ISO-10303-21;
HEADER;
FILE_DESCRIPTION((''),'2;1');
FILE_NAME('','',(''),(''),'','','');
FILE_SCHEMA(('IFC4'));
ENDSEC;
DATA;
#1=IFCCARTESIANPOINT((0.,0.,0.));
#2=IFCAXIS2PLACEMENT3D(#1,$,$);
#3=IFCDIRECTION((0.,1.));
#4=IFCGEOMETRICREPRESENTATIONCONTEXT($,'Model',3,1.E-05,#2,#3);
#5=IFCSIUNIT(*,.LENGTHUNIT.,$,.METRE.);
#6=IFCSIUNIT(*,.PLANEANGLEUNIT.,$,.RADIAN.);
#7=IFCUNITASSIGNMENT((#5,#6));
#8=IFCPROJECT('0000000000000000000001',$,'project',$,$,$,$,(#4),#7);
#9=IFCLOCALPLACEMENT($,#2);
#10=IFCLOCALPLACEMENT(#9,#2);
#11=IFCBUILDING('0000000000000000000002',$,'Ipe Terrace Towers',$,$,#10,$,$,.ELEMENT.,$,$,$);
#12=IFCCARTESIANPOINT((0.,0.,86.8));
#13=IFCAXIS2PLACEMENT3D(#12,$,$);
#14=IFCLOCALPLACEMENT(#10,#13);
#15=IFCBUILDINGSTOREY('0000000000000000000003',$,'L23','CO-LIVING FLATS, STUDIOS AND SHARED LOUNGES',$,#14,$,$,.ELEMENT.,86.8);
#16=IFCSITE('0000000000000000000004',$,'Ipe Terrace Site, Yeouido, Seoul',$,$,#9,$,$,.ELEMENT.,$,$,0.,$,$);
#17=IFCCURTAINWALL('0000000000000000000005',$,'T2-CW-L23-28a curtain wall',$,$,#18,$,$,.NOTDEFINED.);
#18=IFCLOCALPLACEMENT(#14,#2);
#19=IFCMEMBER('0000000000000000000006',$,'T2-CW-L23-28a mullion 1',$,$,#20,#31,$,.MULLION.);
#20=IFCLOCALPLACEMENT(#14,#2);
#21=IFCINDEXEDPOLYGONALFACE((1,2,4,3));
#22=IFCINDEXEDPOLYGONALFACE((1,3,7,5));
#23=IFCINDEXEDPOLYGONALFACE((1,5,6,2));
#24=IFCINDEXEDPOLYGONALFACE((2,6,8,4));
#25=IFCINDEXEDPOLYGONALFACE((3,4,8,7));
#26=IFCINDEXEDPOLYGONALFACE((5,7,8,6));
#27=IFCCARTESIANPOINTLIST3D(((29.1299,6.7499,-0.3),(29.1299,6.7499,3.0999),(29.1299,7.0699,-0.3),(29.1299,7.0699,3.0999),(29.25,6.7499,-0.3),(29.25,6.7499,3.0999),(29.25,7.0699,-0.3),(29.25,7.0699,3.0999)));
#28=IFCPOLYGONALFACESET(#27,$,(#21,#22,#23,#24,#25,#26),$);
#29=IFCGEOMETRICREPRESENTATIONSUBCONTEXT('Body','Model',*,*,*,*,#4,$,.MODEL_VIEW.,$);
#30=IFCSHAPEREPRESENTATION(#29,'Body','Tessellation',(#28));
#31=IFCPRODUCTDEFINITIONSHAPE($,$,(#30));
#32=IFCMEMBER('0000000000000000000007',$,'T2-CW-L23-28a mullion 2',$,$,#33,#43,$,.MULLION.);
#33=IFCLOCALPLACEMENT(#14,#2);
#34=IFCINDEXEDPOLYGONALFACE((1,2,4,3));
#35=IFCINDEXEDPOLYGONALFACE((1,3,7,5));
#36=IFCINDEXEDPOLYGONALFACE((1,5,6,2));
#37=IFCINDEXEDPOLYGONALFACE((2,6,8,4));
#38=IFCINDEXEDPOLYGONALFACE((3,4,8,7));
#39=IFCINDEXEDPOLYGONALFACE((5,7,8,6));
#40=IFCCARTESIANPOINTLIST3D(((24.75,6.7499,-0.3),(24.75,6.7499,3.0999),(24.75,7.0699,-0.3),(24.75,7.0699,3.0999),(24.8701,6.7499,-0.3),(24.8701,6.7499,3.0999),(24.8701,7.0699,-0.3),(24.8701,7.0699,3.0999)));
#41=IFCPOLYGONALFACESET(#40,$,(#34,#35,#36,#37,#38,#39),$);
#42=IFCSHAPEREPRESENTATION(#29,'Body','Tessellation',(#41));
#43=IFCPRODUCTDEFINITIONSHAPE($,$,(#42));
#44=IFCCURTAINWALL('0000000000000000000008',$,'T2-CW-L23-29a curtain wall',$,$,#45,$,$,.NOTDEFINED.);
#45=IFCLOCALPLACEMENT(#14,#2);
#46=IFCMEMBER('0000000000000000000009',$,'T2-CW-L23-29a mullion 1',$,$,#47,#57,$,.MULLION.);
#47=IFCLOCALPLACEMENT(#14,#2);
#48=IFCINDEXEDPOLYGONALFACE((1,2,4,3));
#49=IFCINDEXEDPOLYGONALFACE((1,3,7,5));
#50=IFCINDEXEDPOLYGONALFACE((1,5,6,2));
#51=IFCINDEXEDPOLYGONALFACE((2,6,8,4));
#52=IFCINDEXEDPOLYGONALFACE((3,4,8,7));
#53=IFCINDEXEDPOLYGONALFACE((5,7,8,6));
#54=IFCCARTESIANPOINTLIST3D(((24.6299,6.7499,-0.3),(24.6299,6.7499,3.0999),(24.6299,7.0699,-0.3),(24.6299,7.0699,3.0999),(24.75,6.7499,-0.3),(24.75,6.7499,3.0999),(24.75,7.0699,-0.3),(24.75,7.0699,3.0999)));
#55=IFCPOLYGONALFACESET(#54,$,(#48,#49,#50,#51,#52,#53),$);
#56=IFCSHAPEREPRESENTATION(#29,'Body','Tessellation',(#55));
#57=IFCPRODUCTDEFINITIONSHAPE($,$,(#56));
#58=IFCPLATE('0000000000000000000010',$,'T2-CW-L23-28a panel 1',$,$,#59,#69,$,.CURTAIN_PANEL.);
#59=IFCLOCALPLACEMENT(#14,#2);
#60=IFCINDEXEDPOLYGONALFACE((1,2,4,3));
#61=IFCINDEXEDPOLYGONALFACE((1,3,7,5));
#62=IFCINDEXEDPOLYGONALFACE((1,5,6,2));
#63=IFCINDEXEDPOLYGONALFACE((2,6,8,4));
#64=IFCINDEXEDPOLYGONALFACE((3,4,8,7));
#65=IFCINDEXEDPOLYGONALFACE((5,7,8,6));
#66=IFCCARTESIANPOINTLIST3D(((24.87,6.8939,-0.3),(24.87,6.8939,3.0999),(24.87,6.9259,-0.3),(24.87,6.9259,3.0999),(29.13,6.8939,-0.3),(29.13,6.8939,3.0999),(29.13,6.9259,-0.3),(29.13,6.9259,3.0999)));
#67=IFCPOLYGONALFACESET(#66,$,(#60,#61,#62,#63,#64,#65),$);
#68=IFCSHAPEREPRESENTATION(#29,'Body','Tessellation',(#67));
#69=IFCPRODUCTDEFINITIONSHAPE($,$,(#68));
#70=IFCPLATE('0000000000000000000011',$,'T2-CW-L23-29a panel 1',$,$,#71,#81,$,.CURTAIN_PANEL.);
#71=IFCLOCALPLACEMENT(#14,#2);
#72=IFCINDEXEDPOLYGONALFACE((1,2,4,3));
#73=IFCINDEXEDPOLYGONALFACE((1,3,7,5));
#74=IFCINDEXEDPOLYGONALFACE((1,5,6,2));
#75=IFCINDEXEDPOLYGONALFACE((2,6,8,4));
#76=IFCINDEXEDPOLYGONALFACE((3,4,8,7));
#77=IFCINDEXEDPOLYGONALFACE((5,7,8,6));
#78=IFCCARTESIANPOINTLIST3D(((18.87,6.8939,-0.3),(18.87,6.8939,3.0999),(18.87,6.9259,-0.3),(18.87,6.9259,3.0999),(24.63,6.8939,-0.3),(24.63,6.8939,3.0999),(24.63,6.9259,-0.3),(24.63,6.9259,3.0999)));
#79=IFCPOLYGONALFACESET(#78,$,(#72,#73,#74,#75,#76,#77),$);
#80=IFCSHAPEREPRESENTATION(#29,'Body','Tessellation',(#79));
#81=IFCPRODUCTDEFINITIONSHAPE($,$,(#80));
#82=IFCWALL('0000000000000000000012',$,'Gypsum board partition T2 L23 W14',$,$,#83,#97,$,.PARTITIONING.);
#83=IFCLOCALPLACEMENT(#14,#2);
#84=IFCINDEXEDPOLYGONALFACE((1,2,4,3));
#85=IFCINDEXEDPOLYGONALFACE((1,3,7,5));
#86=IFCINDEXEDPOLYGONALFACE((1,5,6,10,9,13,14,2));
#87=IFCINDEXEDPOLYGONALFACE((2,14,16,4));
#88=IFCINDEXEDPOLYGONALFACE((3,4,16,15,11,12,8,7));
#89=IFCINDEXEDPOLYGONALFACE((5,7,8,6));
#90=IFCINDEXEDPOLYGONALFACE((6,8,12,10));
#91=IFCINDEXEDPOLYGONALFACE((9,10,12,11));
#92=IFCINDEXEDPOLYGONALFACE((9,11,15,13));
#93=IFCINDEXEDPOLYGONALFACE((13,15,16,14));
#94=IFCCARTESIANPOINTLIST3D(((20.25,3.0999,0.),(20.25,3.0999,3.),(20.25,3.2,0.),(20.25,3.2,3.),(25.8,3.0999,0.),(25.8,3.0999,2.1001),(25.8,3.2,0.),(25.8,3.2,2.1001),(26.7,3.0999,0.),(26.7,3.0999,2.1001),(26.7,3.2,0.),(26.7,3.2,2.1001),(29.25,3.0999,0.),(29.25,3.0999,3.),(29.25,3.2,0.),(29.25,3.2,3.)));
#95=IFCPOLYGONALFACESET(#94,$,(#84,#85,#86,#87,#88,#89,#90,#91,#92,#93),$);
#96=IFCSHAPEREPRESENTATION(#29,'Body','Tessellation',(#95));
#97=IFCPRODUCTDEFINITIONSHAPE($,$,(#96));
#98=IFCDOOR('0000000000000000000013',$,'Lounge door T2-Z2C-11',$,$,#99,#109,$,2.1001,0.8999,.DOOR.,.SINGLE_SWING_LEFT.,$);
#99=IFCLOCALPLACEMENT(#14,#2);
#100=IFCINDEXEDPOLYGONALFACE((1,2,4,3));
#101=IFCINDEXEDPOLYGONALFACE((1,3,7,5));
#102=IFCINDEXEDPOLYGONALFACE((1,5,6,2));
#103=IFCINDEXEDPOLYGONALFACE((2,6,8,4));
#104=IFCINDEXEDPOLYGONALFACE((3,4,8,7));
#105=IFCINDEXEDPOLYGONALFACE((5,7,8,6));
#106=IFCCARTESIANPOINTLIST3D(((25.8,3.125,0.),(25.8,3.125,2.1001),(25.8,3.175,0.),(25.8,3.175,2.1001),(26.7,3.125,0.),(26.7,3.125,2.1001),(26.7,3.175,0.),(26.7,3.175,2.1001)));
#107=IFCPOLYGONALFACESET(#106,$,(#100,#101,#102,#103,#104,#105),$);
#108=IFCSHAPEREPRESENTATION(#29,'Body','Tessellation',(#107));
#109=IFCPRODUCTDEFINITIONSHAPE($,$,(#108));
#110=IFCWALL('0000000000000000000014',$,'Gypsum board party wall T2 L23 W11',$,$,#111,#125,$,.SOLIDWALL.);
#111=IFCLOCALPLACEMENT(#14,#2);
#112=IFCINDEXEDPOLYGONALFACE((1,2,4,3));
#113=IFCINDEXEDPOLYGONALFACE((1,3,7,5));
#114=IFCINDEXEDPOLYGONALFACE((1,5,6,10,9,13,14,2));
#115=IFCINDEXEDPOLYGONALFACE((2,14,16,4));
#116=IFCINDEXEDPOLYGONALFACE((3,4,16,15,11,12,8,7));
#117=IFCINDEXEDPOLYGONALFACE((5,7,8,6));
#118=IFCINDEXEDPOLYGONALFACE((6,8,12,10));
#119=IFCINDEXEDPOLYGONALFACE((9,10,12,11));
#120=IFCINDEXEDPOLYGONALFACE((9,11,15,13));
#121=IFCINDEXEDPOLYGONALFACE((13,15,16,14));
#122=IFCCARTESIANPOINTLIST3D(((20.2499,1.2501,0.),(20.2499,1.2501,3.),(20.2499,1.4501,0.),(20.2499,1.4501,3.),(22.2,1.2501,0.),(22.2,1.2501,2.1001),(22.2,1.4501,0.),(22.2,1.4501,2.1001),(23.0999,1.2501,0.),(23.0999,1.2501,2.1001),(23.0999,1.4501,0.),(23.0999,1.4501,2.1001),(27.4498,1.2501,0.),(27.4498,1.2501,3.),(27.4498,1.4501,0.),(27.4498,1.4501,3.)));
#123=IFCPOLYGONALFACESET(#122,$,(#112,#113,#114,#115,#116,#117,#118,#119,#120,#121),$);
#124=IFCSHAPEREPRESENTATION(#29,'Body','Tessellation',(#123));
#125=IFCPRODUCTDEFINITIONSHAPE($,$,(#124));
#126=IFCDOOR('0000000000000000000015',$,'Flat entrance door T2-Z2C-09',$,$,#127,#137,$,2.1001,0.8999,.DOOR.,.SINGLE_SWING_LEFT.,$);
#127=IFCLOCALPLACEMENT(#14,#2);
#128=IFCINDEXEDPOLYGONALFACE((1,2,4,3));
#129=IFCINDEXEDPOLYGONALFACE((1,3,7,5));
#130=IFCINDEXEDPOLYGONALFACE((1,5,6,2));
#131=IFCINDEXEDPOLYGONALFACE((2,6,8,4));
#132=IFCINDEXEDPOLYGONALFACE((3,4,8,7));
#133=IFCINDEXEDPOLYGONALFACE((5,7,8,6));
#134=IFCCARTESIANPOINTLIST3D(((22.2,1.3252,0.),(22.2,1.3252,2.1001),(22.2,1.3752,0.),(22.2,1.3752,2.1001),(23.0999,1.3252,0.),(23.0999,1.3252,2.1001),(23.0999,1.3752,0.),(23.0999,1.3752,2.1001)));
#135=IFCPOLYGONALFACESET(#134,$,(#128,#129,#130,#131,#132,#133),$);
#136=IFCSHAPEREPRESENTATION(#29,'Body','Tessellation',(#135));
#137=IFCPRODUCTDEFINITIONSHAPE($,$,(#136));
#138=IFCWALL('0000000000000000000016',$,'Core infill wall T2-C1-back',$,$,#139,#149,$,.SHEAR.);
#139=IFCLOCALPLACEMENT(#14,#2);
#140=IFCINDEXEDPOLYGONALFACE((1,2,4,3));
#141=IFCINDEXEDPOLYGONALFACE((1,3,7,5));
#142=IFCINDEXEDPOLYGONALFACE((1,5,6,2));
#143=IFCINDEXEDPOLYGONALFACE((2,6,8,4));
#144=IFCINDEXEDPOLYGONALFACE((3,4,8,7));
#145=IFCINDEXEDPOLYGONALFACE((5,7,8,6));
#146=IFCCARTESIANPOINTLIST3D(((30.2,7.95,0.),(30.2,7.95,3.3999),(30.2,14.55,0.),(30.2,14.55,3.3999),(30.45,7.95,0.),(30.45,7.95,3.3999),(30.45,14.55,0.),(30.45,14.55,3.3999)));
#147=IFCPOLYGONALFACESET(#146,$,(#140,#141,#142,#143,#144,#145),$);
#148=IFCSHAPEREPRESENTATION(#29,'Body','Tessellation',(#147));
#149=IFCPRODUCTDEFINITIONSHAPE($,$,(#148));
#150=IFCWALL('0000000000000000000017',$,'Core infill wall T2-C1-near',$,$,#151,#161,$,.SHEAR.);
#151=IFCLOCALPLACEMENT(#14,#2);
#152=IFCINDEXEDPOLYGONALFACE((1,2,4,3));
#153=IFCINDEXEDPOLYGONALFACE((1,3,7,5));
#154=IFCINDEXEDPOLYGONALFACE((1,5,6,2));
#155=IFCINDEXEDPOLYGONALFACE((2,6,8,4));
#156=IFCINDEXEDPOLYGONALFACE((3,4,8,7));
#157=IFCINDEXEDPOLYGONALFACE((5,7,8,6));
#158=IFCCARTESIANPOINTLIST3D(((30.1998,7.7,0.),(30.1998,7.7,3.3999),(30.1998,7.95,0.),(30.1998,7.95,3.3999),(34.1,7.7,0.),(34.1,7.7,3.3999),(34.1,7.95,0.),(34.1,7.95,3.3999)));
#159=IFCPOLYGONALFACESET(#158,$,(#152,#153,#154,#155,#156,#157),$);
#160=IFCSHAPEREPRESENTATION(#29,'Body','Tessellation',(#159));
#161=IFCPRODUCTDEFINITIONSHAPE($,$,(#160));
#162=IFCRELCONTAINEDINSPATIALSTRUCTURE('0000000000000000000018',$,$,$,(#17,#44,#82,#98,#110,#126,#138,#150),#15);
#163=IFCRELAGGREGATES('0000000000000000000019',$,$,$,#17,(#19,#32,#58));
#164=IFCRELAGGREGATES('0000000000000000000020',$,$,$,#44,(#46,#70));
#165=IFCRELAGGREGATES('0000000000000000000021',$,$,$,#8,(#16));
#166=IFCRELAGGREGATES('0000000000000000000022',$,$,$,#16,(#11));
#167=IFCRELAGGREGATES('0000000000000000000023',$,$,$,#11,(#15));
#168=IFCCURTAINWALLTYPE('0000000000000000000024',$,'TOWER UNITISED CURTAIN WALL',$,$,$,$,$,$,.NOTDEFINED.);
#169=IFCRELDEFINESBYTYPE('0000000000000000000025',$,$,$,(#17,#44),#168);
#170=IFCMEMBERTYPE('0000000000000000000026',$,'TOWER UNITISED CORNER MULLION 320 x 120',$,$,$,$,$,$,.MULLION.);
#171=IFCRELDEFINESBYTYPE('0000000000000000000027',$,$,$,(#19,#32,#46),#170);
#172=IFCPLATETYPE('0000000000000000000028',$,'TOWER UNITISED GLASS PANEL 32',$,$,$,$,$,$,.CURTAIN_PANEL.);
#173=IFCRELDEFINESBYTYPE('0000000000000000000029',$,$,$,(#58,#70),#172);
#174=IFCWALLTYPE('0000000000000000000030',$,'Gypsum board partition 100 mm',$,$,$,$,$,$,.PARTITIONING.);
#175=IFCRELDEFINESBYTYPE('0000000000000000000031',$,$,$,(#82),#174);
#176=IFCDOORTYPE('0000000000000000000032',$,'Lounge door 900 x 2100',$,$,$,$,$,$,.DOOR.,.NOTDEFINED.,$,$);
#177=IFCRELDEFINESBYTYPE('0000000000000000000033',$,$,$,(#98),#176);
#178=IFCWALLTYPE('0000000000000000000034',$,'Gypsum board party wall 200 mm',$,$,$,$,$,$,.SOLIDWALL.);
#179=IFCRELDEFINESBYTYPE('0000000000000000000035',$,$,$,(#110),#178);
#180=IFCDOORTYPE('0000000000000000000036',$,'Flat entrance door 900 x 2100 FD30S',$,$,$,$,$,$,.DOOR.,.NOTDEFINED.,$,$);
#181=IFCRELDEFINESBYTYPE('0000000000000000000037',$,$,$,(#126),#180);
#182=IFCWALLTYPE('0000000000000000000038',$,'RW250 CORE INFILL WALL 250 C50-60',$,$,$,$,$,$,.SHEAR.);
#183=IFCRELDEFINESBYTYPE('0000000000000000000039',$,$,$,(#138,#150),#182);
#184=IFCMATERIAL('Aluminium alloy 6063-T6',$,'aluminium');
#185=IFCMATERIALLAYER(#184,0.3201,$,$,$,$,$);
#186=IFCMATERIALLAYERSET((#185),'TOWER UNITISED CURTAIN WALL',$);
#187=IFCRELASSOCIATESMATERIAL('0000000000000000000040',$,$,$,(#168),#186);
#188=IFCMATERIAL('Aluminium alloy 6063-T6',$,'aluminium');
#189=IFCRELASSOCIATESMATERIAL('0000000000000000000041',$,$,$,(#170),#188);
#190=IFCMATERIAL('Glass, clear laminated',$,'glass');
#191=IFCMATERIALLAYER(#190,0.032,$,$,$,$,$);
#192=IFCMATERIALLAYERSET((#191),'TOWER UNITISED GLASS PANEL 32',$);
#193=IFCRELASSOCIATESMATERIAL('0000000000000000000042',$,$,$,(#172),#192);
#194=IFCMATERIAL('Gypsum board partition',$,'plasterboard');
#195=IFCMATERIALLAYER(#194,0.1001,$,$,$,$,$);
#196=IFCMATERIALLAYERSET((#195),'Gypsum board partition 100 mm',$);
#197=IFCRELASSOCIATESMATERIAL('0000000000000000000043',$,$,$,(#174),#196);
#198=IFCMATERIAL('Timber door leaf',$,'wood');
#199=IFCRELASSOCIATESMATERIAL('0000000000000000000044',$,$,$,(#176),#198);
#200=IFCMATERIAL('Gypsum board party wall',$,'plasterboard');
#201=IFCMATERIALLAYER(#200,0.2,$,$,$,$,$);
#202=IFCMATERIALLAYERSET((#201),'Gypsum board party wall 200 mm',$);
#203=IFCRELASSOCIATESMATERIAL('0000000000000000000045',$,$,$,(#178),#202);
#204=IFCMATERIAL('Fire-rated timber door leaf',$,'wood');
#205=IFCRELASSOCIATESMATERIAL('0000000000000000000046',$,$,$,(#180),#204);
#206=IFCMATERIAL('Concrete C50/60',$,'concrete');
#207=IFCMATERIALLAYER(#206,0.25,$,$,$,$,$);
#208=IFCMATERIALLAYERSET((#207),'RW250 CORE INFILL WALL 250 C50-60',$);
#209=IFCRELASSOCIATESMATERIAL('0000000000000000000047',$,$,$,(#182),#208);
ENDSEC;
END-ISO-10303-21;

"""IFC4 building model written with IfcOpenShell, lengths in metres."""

from ifc_helpers import new_model, si_unit, direction, frame, frame_2d, origin, origin_2d, place, context, subcontext, project, spatial, rectangle, extrude, material, layer, layer_set, material_profile, profile_set, type_object, element, fill, aggregate, save


model = new_model("IFC4")

# Units and contexts
model_context = context("Model", 3, precision=1e-05, world=origin(), true_north=direction((0.0, 1.0)))
body_context = subcontext(model_context, "Body", "Model", "MODEL_VIEW")
ifc_project = project(units=[si_unit("LENGTHUNIT", "METRE"), si_unit("PLANEANGLEUNIT", "RADIAN")], contexts=[model_context])

# Site, building, storey
site_placement = place(None, origin())
site = spatial("IfcSite", under=ifc_project, at=site_placement, Name="Ipe Terrace Site, Yeouido, Seoul", CompositionType="ELEMENT", RefElevation=0.0)
building_placement = place(site_placement, origin())
building = spatial("IfcBuilding", under=site, at=building_placement, Name="Ipe Terrace Towers", CompositionType="ELEMENT")
storey_placement = place(building_placement, frame((0.0, 0.0, 86.8)))
storey = spatial("IfcBuildingStorey", under=building, at=storey_placement, Name="L23", Description="CO-LIVING FLATS, STUDIOS AND SHARED LOUNGES", CompositionType="ELEMENT", Elevation=86.8)

# Curtain wall, members
ifc_material_1 = material(Name="Aluminium alloy 6063-T6", Category="aluminium")
ifc_layer_1 = layer(ifc_material_1, 0.3201)
ifc_layer_set_1 = layer_set([ifc_layer_1], Name="TOWER UNITISED CURTAIN WALL")
curtain_wall_type = type_object("IfcCurtainWallType", Name="TOWER UNITISED CURTAIN WALL", PredefinedType="NOTDEFINED", material=ifc_layer_set_1)
curtain_wall_1_placement = place(storey_placement, origin())
curtain_wall_1 = element("IfcCurtainWall", 1, at=curtain_wall_1_placement, inside=storey, type_object=curtain_wall_type, Name="T2-CW-L23-28a curtain wall", PredefinedType="NOTDEFINED")
ifc_material_2 = material(Name="Aluminium alloy 6063-T6", Category="aluminium")
ifc_material_profile_1 = material_profile(ifc_material_2, rectangle(XDim=0.3201, YDim=0.1201, at=origin_2d()), Name="TOWER UNITISED CORNER MULLION 320 x 120")
ifc_profile_set_1 = profile_set([ifc_material_profile_1], Name="Aluminium alloy 6063-T6")
member_type = type_object("IfcMemberType", Name="TOWER UNITISED CORNER MULLION 320 x 120", PredefinedType="MULLION", material=ifc_profile_set_1)
member_1_placement = place(storey_placement, frame((29.1899, 6.9099, -0.3), z_axis=(0.0, 0.0, 1.0), x_axis=(0.0, 1.0, 0.0)))
member_1 = element("IfcMember", 2, at=member_1_placement, type_object=member_type, Name="T2-CW-L23-28a mullion 1", PredefinedType="MULLION", context=body_context, shape_type="SweptSolid", body=[
    extrude(rectangle(XDim=0.3201, YDim=0.1201, at=origin_2d()), origin(), (0.0, 0.0, 1.0), 3.3999),
])
member_2_placement = place(storey_placement, frame((24.8101, 6.9099, -0.3), z_axis=(0.0, 0.0, 1.0), x_axis=(0.0, 1.0, 0.0)))
member_2 = element("IfcMember", 3, at=member_2_placement, type_object=member_type, Name="T2-CW-L23-28a mullion 2", PredefinedType="MULLION", context=body_context, shape_type="SweptSolid", body=[
    extrude(rectangle(XDim=0.3201, YDim=0.1201, at=origin_2d()), origin(), (0.0, 0.0, 1.0), 3.3999),
])

# Curtain wall, member
curtain_wall_2_placement = place(storey_placement, origin())
curtain_wall_2 = element("IfcCurtainWall", 4, at=curtain_wall_2_placement, inside=storey, type_object=curtain_wall_type, Name="T2-CW-L23-29a curtain wall", PredefinedType="NOTDEFINED")
member_3_placement = place(storey_placement, frame((24.6899, 6.9099, -0.3), z_axis=(0.0, 0.0, 1.0), x_axis=(0.0, 1.0, 0.0)))
member_3 = element("IfcMember", 5, at=member_3_placement, type_object=member_type, Name="T2-CW-L23-29a mullion 1", PredefinedType="MULLION", context=body_context, shape_type="SweptSolid", body=[
    extrude(rectangle(XDim=0.3201, YDim=0.1201, at=origin_2d()), origin(), (0.0, 0.0, 1.0), 3.3999),
])

# Plates
ifc_material_3 = material(Name="Glass, clear laminated", Category="glass")
ifc_layer_2 = layer(ifc_material_3, 0.032)
ifc_layer_set_2 = layer_set([ifc_layer_2], Name="TOWER UNITISED GLASS PANEL 32")
plate_type = type_object("IfcPlateType", Name="TOWER UNITISED GLASS PANEL 32", PredefinedType="CURTAIN_PANEL", material=ifc_layer_set_2)
plate_1_placement = place(storey_placement, frame((27.0, 6.9099, -0.3), z_axis=(0.0, 0.0, 1.0), x_axis=(-1.0, 0.0, 0.0)))
plate_1 = element("IfcPlate", 6, at=plate_1_placement, type_object=plate_type, Name="T2-CW-L23-28a panel 1", PredefinedType="CURTAIN_PANEL", context=body_context, shape_type="SweptSolid", body=[
    extrude(rectangle(XDim=4.26, YDim=0.032, at=origin_2d()), origin(), (0.0, 0.0, 1.0), 3.3999),
])
aggregate(curtain_wall_1, [member_1, member_2, plate_1])
plate_2_placement = place(storey_placement, frame((21.75, 6.9099, -0.3), z_axis=(0.0, 0.0, 1.0), x_axis=(-1.0, 0.0, 0.0)))
plate_2 = element("IfcPlate", 7, at=plate_2_placement, type_object=plate_type, Name="T2-CW-L23-29a panel 1", PredefinedType="CURTAIN_PANEL", context=body_context, shape_type="SweptSolid", body=[
    extrude(rectangle(XDim=5.76, YDim=0.032, at=origin_2d()), origin(), (0.0, 0.0, 1.0), 3.3999),
])
aggregate(curtain_wall_2, [member_3, plate_2])

# Walls, openings, doors
ifc_material_4 = material(Name="Gypsum board partition", Category="plasterboard")
ifc_layer_3 = layer(ifc_material_4, 0.1001)
ifc_layer_set_3 = layer_set([ifc_layer_3], Name="Gypsum board partition 100 mm")
wall_type_1 = type_object("IfcWallType", Name="Gypsum board partition 100 mm", PredefinedType="PARTITIONING", material=ifc_layer_set_3)
wall_1_placement = place(storey_placement, frame((29.25, 3.1499, 0.0), z_axis=(0.0, 0.0, 1.0), x_axis=(-1.0, 0.0, 0.0)))
wall_1 = element("IfcWall", 8, at=wall_1_placement, inside=storey, type_object=wall_type_1, Name="Gypsum board partition T2 L23 W14", PredefinedType="PARTITIONING", context=body_context, shape_type="SweptSolid", body=[
    extrude(rectangle(XDim=9.0, YDim=0.1001, at=frame_2d((4.5, 0.0))), origin(), (0.0, 0.0, 1.0), 3.0),
])
opening_1_placement = place(wall_1_placement, frame((2.55, 0.0, 0.0)))
opening_1 = element("IfcOpeningElement", 9, at=opening_1_placement, cuts=wall_1, PredefinedType="OPENING", context=body_context, shape_type="SweptSolid", body=[
    extrude(rectangle(XDim=0.8999, YDim=2.1001, at=frame_2d((0.45, 1.05))), frame((0.0, 0.0601, 0.0), z_axis=(0.0, -1.0, 0.0), x_axis=(1.0, 0.0, 0.0)), (0.0, 0.0, 1.0), 0.1201),
])
ifc_material_5 = material(Name="Timber door leaf", Category="wood")
door_type_1 = type_object("IfcDoorType", Name="Lounge door 900 x 2100", OperationType="NOTDEFINED", PredefinedType="DOOR", material=ifc_material_5)
door_1_placement = place(opening_1_placement, origin())
door_1 = element("IfcDoor", 10, at=door_1_placement, inside=storey, type_object=door_type_1, Name="Lounge door T2-Z2C-11", OperationType="SINGLE_SWING_LEFT", OverallHeight=2.1001, OverallWidth=0.8999, PredefinedType="DOOR", context=body_context, shape_type="SweptSolid", body=[
    extrude(rectangle(XDim=0.8999, YDim=2.1001, at=frame_2d((0.45, 1.05))), frame((0.0, 0.0249, 0.0), z_axis=(0.0, -1.0, 0.0), x_axis=(1.0, 0.0, 0.0)), (0.0, 0.0, 1.0), 0.05),
])
fill(opening_1, door_1)
ifc_material_6 = material(Name="Gypsum board party wall", Category="plasterboard")
ifc_layer_4 = layer(ifc_material_6, 0.2)
ifc_layer_set_4 = layer_set([ifc_layer_4], Name="Gypsum board party wall 200 mm")
wall_type_2 = type_object("IfcWallType", Name="Gypsum board party wall 200 mm", PredefinedType="SOLIDWALL", material=ifc_layer_set_4)
wall_2_placement = place(storey_placement, frame((27.45, 1.3501, 0.0), z_axis=(0.0, 0.0, 1.0), x_axis=(-1.0, 0.0, 0.0)))
wall_2 = element("IfcWall", 11, at=wall_2_placement, inside=storey, type_object=wall_type_2, Name="Gypsum board party wall T2 L23 W11", PredefinedType="SOLIDWALL", context=body_context, shape_type="SweptSolid", body=[
    extrude(rectangle(XDim=7.2, YDim=0.2, at=frame_2d((3.6001, 0.0))), origin(), (0.0, 0.0, 1.0), 3.0),
])
opening_2_placement = place(wall_2_placement, frame((4.3501, 0.0, 0.0)))
opening_2 = element("IfcOpeningElement", 12, at=opening_2_placement, cuts=wall_2, PredefinedType="OPENING", context=body_context, shape_type="SweptSolid", body=[
    extrude(rectangle(XDim=0.8999, YDim=2.1001, at=frame_2d((0.45, 1.05))), frame((0.0, 0.1099, 0.0), z_axis=(0.0, -1.0, 0.0), x_axis=(1.0, 0.0, 0.0)), (0.0, 0.0, 1.0), 0.22),
])
ifc_material_7 = material(Name="Fire-rated timber door leaf", Category="wood")
door_type_2 = type_object("IfcDoorType", Name="Flat entrance door 900 x 2100 FD30S", OperationType="NOTDEFINED", PredefinedType="DOOR", material=ifc_material_7)
door_2_placement = place(opening_2_placement, origin())
door_2 = element("IfcDoor", 13, at=door_2_placement, inside=storey, type_object=door_type_2, Name="Flat entrance door T2-Z2C-09", OperationType="SINGLE_SWING_LEFT", OverallHeight=2.1001, OverallWidth=0.8999, PredefinedType="DOOR", context=body_context, shape_type="SweptSolid", body=[
    extrude(rectangle(XDim=0.8999, YDim=2.1001, at=frame_2d((0.45, 1.05))), frame((0.0, 0.0249, 0.0), z_axis=(0.0, -1.0, 0.0), x_axis=(1.0, 0.0, 0.0)), (0.0, 0.0, 1.0), 0.05),
])
fill(opening_2, door_2)

# Walls
ifc_material_8 = material(Name="Concrete C50/60", Category="concrete")
ifc_layer_5 = layer(ifc_material_8, 0.25)
ifc_layer_set_5 = layer_set([ifc_layer_5], Name="RW250 CORE INFILL WALL 250 C50-60")
wall_type_3 = type_object("IfcWallType", Name="RW250 CORE INFILL WALL 250 C50-60", PredefinedType="SHEAR", material=ifc_layer_set_5)
wall_3_placement = place(storey_placement, frame((30.325, 7.95, 0.0), z_axis=(0.0, 0.0, 1.0), x_axis=(0.0, 1.0, 0.0)))
element("IfcWall", 14, at=wall_3_placement, inside=storey, type_object=wall_type_3, Name="Core infill wall T2-C1-back", PredefinedType="SHEAR", context=body_context, shape_type="SweptSolid", body=[
    extrude(rectangle(XDim=6.6001, YDim=0.25, at=frame_2d((3.3, 0.0))), origin(), (0.0, 0.0, 1.0), 3.3999),
])
wall_4_placement = place(storey_placement, frame((34.1001, 7.825, 0.0), z_axis=(0.0, 0.0, 1.0), x_axis=(-1.0, 0.0, 0.0)))
element("IfcWall", 15, at=wall_4_placement, inside=storey, type_object=wall_type_3, Name="Core infill wall T2-C1-near", PredefinedType="SHEAR", context=body_context, shape_type="SweptSolid", body=[
    extrude(rectangle(XDim=3.9001, YDim=0.25, at=frame_2d((1.9502, 0.0))), origin(), (0.0, 0.0, 1.0), 3.3999),
])

save(model, "model.ifc")
